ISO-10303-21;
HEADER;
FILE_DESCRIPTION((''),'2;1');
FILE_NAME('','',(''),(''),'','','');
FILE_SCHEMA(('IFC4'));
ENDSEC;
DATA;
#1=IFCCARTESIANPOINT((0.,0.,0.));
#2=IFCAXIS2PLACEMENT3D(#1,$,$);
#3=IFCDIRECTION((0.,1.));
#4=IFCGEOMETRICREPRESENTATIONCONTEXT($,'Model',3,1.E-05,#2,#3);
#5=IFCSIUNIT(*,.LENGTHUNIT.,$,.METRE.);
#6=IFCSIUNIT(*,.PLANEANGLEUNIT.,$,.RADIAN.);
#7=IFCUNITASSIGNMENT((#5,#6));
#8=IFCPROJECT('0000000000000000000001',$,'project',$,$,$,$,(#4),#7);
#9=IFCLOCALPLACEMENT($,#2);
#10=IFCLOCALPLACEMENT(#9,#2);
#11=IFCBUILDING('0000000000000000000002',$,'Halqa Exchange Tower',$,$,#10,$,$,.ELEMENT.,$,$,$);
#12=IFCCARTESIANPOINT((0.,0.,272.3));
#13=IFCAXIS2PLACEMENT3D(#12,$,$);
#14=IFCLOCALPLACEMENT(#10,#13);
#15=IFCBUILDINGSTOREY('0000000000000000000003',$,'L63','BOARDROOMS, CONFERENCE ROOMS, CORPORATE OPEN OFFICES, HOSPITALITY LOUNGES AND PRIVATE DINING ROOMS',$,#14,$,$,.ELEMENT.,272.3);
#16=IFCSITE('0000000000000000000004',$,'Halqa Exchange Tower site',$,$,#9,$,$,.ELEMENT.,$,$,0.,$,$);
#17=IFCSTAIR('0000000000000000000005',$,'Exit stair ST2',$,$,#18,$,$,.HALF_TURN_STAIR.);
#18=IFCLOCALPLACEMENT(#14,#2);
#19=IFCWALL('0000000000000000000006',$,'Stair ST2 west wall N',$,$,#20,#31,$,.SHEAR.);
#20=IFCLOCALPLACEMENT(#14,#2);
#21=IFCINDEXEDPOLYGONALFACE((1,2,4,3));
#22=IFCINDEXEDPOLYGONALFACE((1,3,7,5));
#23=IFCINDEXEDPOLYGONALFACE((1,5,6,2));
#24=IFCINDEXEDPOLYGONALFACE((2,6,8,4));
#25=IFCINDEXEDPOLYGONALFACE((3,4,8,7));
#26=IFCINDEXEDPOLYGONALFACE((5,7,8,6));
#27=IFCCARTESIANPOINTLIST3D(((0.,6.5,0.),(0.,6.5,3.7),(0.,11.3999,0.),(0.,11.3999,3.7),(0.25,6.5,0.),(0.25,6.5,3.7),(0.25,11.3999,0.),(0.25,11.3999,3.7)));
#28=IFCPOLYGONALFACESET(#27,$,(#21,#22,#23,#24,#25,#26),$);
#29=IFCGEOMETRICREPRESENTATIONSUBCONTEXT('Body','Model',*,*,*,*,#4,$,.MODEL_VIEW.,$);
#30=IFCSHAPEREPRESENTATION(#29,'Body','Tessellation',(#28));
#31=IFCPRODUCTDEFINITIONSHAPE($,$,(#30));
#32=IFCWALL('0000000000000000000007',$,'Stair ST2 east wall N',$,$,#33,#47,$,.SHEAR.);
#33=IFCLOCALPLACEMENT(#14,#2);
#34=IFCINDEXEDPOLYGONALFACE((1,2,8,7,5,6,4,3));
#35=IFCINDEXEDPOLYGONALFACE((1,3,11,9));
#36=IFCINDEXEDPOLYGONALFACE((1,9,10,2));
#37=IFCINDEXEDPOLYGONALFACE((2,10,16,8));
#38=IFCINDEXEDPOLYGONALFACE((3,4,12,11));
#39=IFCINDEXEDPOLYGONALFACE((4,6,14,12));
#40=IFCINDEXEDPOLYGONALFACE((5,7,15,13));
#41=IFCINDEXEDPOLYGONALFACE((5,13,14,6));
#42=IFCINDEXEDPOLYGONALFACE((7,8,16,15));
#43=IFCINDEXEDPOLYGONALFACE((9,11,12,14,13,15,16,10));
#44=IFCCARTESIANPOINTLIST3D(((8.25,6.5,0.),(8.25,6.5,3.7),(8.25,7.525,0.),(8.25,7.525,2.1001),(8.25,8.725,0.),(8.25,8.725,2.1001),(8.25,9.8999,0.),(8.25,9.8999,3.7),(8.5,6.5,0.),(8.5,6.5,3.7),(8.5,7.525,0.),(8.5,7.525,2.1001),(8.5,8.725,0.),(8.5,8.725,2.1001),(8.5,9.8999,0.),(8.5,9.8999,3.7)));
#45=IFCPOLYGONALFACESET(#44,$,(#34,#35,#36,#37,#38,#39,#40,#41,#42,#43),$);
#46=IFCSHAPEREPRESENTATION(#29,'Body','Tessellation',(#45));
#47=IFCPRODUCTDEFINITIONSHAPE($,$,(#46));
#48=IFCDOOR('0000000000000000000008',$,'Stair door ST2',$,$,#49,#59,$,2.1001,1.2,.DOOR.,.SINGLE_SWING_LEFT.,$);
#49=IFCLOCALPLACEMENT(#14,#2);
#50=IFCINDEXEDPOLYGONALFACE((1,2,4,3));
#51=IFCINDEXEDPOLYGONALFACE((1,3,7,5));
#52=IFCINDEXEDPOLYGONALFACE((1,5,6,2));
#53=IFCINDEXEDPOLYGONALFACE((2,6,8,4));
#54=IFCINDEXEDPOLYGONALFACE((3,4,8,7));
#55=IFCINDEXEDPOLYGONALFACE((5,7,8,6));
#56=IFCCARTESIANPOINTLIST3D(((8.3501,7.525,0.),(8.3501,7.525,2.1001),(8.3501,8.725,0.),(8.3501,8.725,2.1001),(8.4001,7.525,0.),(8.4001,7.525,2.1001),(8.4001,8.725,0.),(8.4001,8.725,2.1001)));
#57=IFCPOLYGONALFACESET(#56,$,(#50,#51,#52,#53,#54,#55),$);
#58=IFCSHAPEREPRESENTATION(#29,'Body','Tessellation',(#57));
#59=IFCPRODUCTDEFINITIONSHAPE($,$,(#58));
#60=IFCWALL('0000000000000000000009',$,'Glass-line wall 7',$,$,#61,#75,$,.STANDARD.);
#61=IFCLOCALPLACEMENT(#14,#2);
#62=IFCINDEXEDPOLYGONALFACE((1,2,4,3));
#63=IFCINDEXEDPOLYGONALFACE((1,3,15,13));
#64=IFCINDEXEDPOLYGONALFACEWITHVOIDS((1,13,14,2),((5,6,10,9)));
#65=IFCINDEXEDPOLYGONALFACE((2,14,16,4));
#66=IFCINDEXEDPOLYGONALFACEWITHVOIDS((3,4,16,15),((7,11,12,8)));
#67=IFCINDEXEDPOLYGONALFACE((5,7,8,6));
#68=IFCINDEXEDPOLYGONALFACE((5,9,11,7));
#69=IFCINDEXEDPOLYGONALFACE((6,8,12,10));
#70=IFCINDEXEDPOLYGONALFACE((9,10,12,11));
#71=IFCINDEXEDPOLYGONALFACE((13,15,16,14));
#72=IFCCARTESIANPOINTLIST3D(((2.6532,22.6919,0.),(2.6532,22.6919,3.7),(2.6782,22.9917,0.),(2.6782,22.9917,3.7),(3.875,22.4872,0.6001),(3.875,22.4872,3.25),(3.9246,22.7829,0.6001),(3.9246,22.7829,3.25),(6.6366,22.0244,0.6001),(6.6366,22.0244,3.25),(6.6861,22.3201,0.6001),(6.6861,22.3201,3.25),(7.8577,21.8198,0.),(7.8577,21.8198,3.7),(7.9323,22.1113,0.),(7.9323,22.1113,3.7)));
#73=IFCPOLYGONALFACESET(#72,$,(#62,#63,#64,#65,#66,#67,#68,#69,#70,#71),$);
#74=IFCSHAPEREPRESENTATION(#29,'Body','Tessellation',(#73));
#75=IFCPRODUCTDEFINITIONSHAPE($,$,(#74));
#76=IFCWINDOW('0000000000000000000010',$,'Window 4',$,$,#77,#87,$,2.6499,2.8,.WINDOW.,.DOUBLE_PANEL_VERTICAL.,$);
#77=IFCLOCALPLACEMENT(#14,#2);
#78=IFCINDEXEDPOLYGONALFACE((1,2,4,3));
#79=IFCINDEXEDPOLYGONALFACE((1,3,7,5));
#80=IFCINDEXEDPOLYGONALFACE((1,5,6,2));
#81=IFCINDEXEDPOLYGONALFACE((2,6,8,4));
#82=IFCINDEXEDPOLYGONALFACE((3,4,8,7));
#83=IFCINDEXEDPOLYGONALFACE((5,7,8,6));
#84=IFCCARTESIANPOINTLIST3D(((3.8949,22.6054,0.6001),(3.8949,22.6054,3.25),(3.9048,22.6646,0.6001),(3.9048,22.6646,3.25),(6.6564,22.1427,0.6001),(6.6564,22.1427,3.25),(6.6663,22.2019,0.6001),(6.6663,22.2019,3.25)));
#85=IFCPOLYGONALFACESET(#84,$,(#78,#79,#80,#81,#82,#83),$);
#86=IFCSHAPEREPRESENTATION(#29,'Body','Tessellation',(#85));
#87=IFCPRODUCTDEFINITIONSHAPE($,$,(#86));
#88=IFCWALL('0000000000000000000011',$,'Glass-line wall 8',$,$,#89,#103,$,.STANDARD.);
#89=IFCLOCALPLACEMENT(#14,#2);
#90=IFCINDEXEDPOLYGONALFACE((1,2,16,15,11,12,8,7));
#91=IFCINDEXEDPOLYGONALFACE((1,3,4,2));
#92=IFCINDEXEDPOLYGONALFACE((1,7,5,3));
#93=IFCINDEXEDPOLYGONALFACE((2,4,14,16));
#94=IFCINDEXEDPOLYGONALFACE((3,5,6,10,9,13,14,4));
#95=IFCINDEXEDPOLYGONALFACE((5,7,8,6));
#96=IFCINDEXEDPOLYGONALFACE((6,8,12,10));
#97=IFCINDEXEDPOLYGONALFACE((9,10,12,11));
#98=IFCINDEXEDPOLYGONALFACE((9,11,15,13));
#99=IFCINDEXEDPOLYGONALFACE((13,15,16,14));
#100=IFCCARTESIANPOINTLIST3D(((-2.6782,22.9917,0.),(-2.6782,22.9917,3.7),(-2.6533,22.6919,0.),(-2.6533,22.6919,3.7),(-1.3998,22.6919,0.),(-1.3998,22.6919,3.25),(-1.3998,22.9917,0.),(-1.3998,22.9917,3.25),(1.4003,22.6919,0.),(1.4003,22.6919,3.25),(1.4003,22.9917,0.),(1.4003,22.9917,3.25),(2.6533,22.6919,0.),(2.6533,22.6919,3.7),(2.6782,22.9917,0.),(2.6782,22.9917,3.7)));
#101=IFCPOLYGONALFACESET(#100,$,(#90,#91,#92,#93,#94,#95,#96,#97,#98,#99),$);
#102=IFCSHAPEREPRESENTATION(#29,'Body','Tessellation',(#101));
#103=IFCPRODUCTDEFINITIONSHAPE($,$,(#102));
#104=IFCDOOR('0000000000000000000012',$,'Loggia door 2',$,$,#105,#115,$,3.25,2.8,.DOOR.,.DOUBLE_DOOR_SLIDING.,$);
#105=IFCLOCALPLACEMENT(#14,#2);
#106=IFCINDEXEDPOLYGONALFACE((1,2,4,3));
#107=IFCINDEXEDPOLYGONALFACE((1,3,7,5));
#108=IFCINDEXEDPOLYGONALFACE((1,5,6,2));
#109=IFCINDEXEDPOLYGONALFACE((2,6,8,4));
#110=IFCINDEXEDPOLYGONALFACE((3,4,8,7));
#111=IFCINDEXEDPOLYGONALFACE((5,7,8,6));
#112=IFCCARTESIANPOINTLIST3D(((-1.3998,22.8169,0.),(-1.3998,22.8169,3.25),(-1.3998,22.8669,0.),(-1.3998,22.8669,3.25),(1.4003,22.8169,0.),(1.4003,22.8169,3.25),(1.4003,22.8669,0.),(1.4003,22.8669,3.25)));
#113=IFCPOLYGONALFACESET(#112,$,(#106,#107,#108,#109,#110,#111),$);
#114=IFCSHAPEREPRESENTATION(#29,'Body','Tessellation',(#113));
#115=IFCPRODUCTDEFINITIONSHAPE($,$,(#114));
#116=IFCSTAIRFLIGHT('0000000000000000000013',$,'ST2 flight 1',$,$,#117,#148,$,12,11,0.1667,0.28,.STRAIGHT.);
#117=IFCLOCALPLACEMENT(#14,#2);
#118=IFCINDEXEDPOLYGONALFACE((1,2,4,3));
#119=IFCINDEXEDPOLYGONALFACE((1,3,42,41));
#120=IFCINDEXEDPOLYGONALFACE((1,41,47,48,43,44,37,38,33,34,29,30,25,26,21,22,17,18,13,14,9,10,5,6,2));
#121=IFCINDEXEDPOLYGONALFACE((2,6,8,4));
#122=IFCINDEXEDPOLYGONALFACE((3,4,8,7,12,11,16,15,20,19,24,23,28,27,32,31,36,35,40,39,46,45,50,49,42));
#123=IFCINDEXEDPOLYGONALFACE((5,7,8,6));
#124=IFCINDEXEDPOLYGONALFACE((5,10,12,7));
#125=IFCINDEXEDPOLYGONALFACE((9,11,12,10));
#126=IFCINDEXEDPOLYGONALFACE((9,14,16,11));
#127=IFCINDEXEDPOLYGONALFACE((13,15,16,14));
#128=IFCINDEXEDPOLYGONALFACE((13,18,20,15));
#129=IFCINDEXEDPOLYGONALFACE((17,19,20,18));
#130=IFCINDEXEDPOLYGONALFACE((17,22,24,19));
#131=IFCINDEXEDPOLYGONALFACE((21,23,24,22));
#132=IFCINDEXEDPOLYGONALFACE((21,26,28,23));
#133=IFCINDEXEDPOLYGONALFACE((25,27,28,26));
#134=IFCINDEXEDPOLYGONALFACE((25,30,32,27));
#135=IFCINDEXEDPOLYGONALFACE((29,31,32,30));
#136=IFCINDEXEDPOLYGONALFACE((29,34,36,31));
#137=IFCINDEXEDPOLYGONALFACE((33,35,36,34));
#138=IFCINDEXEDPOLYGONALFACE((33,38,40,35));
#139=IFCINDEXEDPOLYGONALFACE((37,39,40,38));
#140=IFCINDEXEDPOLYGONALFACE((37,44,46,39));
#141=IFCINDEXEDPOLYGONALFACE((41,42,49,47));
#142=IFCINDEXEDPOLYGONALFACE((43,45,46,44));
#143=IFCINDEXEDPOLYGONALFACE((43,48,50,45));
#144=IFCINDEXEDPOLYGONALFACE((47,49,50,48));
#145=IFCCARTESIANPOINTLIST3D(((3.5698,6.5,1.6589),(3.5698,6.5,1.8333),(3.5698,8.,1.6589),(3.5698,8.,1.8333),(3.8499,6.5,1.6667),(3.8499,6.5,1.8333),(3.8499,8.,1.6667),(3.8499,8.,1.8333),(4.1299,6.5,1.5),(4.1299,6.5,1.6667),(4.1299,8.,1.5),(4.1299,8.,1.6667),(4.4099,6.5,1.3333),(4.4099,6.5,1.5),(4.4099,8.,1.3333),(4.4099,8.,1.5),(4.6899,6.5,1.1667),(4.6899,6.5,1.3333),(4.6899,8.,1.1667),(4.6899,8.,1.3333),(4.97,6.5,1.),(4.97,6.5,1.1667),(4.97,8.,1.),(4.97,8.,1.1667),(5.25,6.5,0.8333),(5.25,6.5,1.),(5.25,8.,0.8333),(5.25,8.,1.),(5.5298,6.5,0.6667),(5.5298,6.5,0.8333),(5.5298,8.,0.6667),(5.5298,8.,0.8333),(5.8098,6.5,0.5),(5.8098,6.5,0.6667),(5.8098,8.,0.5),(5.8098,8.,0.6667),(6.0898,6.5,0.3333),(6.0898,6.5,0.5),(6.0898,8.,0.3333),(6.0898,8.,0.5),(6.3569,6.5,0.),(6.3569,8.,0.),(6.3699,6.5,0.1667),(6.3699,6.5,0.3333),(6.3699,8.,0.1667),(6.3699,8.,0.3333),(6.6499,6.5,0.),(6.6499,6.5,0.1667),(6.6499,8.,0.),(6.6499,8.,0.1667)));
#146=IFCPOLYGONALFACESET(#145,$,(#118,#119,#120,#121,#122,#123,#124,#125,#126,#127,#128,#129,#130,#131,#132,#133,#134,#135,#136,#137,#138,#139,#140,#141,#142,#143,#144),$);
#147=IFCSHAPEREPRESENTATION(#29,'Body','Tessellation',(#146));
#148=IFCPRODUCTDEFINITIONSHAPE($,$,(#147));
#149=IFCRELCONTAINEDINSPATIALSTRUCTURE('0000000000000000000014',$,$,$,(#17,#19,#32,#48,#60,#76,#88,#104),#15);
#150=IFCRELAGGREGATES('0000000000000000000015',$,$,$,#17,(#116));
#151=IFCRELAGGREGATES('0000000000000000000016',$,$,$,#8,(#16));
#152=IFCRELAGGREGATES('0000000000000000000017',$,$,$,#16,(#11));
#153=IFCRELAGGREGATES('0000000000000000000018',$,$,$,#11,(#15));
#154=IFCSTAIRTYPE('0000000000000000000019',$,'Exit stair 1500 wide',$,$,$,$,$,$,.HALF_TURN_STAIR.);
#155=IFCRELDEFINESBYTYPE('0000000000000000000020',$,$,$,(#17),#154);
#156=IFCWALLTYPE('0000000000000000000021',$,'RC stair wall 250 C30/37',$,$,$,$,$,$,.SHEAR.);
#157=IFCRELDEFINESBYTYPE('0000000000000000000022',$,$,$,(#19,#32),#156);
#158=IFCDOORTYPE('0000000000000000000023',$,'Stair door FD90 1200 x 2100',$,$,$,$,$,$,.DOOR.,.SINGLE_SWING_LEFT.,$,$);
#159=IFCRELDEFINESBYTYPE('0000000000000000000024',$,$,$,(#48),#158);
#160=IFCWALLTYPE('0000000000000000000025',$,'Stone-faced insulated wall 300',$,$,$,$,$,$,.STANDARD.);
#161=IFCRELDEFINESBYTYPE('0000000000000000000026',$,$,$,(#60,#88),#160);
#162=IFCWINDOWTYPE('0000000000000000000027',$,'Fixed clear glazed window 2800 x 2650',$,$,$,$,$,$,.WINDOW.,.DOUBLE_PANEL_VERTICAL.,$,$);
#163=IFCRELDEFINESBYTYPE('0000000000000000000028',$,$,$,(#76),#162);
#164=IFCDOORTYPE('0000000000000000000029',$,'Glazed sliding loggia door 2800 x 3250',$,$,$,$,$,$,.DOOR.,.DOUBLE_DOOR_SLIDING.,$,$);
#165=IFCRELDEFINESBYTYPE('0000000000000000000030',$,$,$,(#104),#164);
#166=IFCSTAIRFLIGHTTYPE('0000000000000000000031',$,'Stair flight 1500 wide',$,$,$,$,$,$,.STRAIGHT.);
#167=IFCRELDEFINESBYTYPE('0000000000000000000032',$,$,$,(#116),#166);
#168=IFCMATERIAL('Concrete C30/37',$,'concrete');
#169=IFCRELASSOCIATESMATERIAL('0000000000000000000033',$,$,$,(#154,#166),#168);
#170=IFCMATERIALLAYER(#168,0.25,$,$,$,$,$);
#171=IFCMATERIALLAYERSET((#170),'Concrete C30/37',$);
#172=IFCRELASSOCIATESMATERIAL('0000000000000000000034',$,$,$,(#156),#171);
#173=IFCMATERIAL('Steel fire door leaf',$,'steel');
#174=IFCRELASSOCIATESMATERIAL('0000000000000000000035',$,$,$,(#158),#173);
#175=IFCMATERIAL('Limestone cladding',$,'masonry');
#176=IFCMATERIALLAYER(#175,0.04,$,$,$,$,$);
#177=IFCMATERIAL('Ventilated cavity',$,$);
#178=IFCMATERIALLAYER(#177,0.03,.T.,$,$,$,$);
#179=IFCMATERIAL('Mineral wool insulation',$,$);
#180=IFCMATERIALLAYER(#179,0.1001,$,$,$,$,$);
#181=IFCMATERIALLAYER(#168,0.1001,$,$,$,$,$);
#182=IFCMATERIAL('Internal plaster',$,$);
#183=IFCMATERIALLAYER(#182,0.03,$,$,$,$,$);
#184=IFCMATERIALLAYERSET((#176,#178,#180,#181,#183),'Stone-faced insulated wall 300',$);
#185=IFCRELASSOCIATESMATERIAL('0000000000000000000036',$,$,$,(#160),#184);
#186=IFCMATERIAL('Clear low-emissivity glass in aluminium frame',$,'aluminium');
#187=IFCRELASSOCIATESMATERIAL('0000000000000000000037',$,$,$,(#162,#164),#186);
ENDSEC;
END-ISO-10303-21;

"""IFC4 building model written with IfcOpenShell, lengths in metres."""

from ifc_helpers import new_model, si_unit, direction, frame, frame_2d, origin, place, context, subcontext, project, spatial, polyline, rectangle, outline, extrude, material, layer, layer_set, type_object, element, fill, aggregate, save


model = new_model("IFC4")

# Units and contexts
model_context = context("Model", 3, precision=1e-05, world=origin(), true_north=direction((0.0, 1.0)))
body_context = subcontext(model_context, "Body", "Model", "MODEL_VIEW")
ifc_project = project(units=[si_unit("LENGTHUNIT", "METRE"), si_unit("PLANEANGLEUNIT", "RADIAN")], contexts=[model_context])

# Site, building, storey
site_placement = place(None, origin())
site = spatial("IfcSite", under=ifc_project, at=site_placement, Name="Halqa Exchange Tower site", CompositionType="ELEMENT", RefElevation=0.0)
building_placement = place(site_placement, origin())
building = spatial("IfcBuilding", under=site, at=building_placement, Name="Halqa Exchange Tower", CompositionType="ELEMENT")
storey_placement = place(building_placement, frame((0.0, 0.0, 272.3)))
storey = spatial("IfcBuildingStorey", under=building, at=storey_placement, Name="L63", Description="BOARDROOMS, CONFERENCE ROOMS, CORPORATE OPEN OFFICES, HOSPITALITY LOUNGES AND PRIVATE DINING ROOMS", CompositionType="ELEMENT", Elevation=272.3)

# Stair
ifc_material_1 = material(Name="Concrete C30/37", Category="concrete")
stair_type = type_object("IfcStairType", Name="Exit stair 1500 wide", PredefinedType="HALF_TURN_STAIR", material=ifc_material_1)
stair_1_placement = place(storey_placement, origin())
stair_1 = element("IfcStair", 1, at=stair_1_placement, inside=storey, type_object=stair_type, Name="Exit stair ST2", PredefinedType="HALF_TURN_STAIR")

# Wall
ifc_layer_1 = layer(ifc_material_1, 0.25)
ifc_layer_set_1 = layer_set([ifc_layer_1], Name="Concrete C30/37")
wall_type_1 = type_object("IfcWallType", Name="RC stair wall 250 C30/37", PredefinedType="SHEAR", material=ifc_layer_set_1)
wall_1_placement = place(storey_placement, frame((0.125, 6.5, 0.0), z_axis=(0.0, 0.0, 1.0), x_axis=(0.0, 1.0, 0.0)))
element("IfcWall", 2, at=wall_1_placement, inside=storey, type_object=wall_type_1, Name="Stair ST2 west wall N", PredefinedType="SHEAR", context=body_context, shape_type="SweptSolid", body=[
    extrude(rectangle(XDim=4.8999, YDim=0.25, at=frame_2d((2.45, 0.0))), origin(), (0.0, 0.0, 1.0), 3.7),
])

# Wall, opening, door
wall_2_placement = place(storey_placement, frame((8.375, 6.5, 0.0), z_axis=(0.0, 0.0, 1.0), x_axis=(0.0, 1.0, 0.0)))
wall_2 = element("IfcWall", 3, at=wall_2_placement, inside=storey, type_object=wall_type_1, Name="Stair ST2 east wall N", PredefinedType="SHEAR", context=body_context, shape_type="SweptSolid", body=[
    extrude(rectangle(XDim=3.3999, YDim=0.25, at=frame_2d((1.7, 0.0))), origin(), (0.0, 0.0, 1.0), 3.7),
])
opening_1_placement = place(wall_2_placement, frame((1.0249, 0.0, 0.0)))
opening_1 = element("IfcOpeningElement", 4, at=opening_1_placement, cuts=wall_2, PredefinedType="OPENING", context=body_context, shape_type="SweptSolid", body=[
    extrude(rectangle(XDim=1.2, YDim=2.1001, at=frame_2d((0.6001, 1.05))), frame((0.0, 0.137, 0.0), z_axis=(0.0, -1.0, 0.0), x_axis=(1.0, 0.0, 0.0)), (0.0, 0.0, 1.0), 0.2739),
])
ifc_material_2 = material(Name="Steel fire door leaf", Category="steel")
door_type_1 = type_object("IfcDoorType", Name="Stair door FD90 1200 x 2100", OperationType="SINGLE_SWING_LEFT", PredefinedType="DOOR", material=ifc_material_2)
door_1_placement = place(opening_1_placement, origin())
door_1 = element("IfcDoor", 5, at=door_1_placement, inside=storey, type_object=door_type_1, Name="Stair door ST2", OperationType="SINGLE_SWING_LEFT", OverallHeight=2.1001, OverallWidth=1.2, PredefinedType="DOOR", context=body_context, shape_type="SweptSolid", body=[
    extrude(rectangle(XDim=1.2, YDim=2.1001, at=frame_2d((0.6001, 1.05))), frame((0.0, 0.0249, 0.0), z_axis=(0.0, -1.0, 0.0), x_axis=(1.0, 0.0, 0.0)), (0.0, 0.0, 1.0), 0.05),
])
fill(opening_1, door_1)

# Wall, opening, window
ifc_material_3 = material(Name="Limestone cladding", Category="masonry")
ifc_layer_2 = layer(ifc_material_3, 0.04)
ifc_material_4 = material(Name="Ventilated cavity")
ifc_layer_3 = layer(ifc_material_4, 0.03, ventilated=True)
ifc_material_5 = material(Name="Mineral wool insulation")
ifc_layer_4 = layer(ifc_material_5, 0.1001)
ifc_layer_5 = layer(ifc_material_1, 0.1001)
ifc_material_6 = material(Name="Internal plaster")
ifc_layer_6 = layer(ifc_material_6, 0.03)
ifc_layer_set_2 = layer_set([ifc_layer_2, ifc_layer_3, ifc_layer_4, ifc_layer_5, ifc_layer_6], Name="Stone-faced insulated wall 300")
wall_type_2 = type_object("IfcWallType", Name="Stone-faced insulated wall 300", PredefinedType="STANDARD", material=ifc_layer_set_2)
wall_3_placement = place(storey_placement, frame((7.895, 21.9656, 0.0), z_axis=(0.0, 0.0, 1.0), x_axis=(-0.98625, 0.165258, 0.0)))
wall_3 = element("IfcWall", 6, at=wall_3_placement, inside=storey, type_object=wall_type_2, Name="Glass-line wall 7", PredefinedType="STANDARD", context=body_context, shape_type="SweptSolid", body=[
    extrude(outline(polyline([(-0.0127, -0.1499), (5.3147, -0.1499), (5.2898, 0.1499), (0.0127, 0.1499), (-0.0127, -0.1499)])), origin(), (0.0, 0.0, 1.0), 3.7),
])
opening_2_placement = place(wall_3_placement, frame((1.251, 0.0, 0.6001)))
opening_2 = element("IfcOpeningElement", 7, at=opening_2_placement, cuts=wall_3, PredefinedType="OPENING", context=body_context, shape_type="SweptSolid", body=[
    extrude(rectangle(XDim=2.8, YDim=2.6499, at=frame_2d((1.3999, 1.325))), frame((0.0, 0.1621, 0.0), z_axis=(0.0, -1.0, 0.0), x_axis=(1.0, 0.0, 0.0)), (0.0, 0.0, 1.0), 0.324),
])
ifc_material_7 = material(Name="Clear low-emissivity glass in aluminium frame", Category="aluminium")
window_type = type_object("IfcWindowType", Name="Fixed clear glazed window 2800 x 2650", PartitioningType="DOUBLE_PANEL_VERTICAL", PredefinedType="WINDOW", material=ifc_material_7)
window_placement = place(opening_2_placement, origin())
window = element("IfcWindow", 8, at=window_placement, inside=storey, type_object=window_type, Name="Window 4", OverallHeight=2.6499, OverallWidth=2.8, PartitioningType="DOUBLE_PANEL_VERTICAL", PredefinedType="WINDOW", context=body_context, shape_type="SweptSolid", body=[
    extrude(rectangle(XDim=2.8, YDim=2.6499, at=frame_2d((1.3999, 1.325))), frame((0.0, 0.03, 0.0), z_axis=(0.0, -1.0, 0.0), x_axis=(1.0, 0.0, 0.0)), (0.0, 0.0, 1.0), 0.0601),
])
fill(opening_2, window)

# Wall, opening, door
wall_4_placement = place(storey_placement, frame((2.6658, 22.8418, 0.0), z_axis=(0.0, 0.0, 1.0), x_axis=(-1.0, 0.0, 0.0)))
wall_4 = element("IfcWall", 9, at=wall_4_placement, inside=storey, type_object=wall_type_2, Name="Glass-line wall 8", PredefinedType="STANDARD", context=body_context, shape_type="SweptSolid", body=[
    extrude(outline(polyline([(-0.0125, -0.1499), (5.344, -0.1499), (5.3191, 0.1499), (0.0125, 0.1499), (-0.0125, -0.1499)])), origin(), (0.0, 0.0, 1.0), 3.7),
])
opening_3_placement = place(wall_4_placement, frame((1.2656, 0.0, 0.0)))
opening_3 = element("IfcOpeningElement", 10, at=opening_3_placement, cuts=wall_4, PredefinedType="OPENING", context=body_context, shape_type="SweptSolid", body=[
    extrude(rectangle(XDim=2.8, YDim=3.25, at=frame_2d((1.3999, 1.625))), frame((0.0, 0.1621, 0.0), z_axis=(0.0, -1.0, 0.0), x_axis=(1.0, 0.0, 0.0)), (0.0, 0.0, 1.0), 0.324),
])
door_type_2 = type_object("IfcDoorType", Name="Glazed sliding loggia door 2800 x 3250", OperationType="DOUBLE_DOOR_SLIDING", PredefinedType="DOOR", material=ifc_material_7)
door_2_placement = place(opening_3_placement, origin())
door_2 = element("IfcDoor", 11, at=door_2_placement, inside=storey, type_object=door_type_2, Name="Loggia door 2", OperationType="DOUBLE_DOOR_SLIDING", OverallHeight=3.25, OverallWidth=2.8, PredefinedType="DOOR", context=body_context, shape_type="SweptSolid", body=[
    extrude(rectangle(XDim=2.8, YDim=3.25, at=frame_2d((1.3999, 1.625))), frame((0.0, 0.0249, 0.0), z_axis=(0.0, -1.0, 0.0), x_axis=(1.0, 0.0, 0.0)), (0.0, 0.0, 1.0), 0.05),
])
fill(opening_3, door_2)

# Stair flight
stair_flight_type = type_object("IfcStairFlightType", Name="Stair flight 1500 wide", PredefinedType="STRAIGHT", material=ifc_material_1)
stair_flight_1_placement = place(storey_placement, frame((6.6499, 7.25, 0.0), z_axis=(0.0, 0.0, 1.0), x_axis=(-1.0, 0.0, 0.0)))
stair_flight_1 = element("IfcStairFlight", 12, at=stair_flight_1_placement, type_object=stair_flight_type, Name="ST2 flight 1", NumberOfRisers=12, NumberOfTreads=11, PredefinedType="STRAIGHT", RiserHeight=0.1667, TreadLength=0.28, context=body_context, shape_type="SweptSolid", body=[
    extrude(outline(polyline([(0.0, 0.0), (0.0, 0.1667), (0.28, 0.1667), (0.28, 0.3333), (0.5601, 0.3333), (0.5601, 0.5), (0.8401, 0.5), (0.8401, 0.6667), (1.1201, 0.6667), (1.1201, 0.8333), (1.3999, 0.8333), (1.3999, 1.0), (1.6799, 1.0), (1.6799, 1.1667), (1.96, 1.1667), (1.96, 1.3333), (2.24, 1.3333), (2.24, 1.5), (2.52, 1.5), (2.52, 1.6667), (2.8, 1.6667), (2.8, 1.8333), (3.0801, 1.8333), (3.0801, 2.0), (3.0801, 1.6589), (0.293, 0.0), (0.0, 0.0)])), frame((0.0, 0.75, 0.0), z_axis=(0.0, -1.0, 0.0), x_axis=(1.0, 0.0, 0.0)), (0.0, 0.0, 1.0), 1.5),
])
aggregate(stair_1, [stair_flight_1])

save(model, "model.ifc")
